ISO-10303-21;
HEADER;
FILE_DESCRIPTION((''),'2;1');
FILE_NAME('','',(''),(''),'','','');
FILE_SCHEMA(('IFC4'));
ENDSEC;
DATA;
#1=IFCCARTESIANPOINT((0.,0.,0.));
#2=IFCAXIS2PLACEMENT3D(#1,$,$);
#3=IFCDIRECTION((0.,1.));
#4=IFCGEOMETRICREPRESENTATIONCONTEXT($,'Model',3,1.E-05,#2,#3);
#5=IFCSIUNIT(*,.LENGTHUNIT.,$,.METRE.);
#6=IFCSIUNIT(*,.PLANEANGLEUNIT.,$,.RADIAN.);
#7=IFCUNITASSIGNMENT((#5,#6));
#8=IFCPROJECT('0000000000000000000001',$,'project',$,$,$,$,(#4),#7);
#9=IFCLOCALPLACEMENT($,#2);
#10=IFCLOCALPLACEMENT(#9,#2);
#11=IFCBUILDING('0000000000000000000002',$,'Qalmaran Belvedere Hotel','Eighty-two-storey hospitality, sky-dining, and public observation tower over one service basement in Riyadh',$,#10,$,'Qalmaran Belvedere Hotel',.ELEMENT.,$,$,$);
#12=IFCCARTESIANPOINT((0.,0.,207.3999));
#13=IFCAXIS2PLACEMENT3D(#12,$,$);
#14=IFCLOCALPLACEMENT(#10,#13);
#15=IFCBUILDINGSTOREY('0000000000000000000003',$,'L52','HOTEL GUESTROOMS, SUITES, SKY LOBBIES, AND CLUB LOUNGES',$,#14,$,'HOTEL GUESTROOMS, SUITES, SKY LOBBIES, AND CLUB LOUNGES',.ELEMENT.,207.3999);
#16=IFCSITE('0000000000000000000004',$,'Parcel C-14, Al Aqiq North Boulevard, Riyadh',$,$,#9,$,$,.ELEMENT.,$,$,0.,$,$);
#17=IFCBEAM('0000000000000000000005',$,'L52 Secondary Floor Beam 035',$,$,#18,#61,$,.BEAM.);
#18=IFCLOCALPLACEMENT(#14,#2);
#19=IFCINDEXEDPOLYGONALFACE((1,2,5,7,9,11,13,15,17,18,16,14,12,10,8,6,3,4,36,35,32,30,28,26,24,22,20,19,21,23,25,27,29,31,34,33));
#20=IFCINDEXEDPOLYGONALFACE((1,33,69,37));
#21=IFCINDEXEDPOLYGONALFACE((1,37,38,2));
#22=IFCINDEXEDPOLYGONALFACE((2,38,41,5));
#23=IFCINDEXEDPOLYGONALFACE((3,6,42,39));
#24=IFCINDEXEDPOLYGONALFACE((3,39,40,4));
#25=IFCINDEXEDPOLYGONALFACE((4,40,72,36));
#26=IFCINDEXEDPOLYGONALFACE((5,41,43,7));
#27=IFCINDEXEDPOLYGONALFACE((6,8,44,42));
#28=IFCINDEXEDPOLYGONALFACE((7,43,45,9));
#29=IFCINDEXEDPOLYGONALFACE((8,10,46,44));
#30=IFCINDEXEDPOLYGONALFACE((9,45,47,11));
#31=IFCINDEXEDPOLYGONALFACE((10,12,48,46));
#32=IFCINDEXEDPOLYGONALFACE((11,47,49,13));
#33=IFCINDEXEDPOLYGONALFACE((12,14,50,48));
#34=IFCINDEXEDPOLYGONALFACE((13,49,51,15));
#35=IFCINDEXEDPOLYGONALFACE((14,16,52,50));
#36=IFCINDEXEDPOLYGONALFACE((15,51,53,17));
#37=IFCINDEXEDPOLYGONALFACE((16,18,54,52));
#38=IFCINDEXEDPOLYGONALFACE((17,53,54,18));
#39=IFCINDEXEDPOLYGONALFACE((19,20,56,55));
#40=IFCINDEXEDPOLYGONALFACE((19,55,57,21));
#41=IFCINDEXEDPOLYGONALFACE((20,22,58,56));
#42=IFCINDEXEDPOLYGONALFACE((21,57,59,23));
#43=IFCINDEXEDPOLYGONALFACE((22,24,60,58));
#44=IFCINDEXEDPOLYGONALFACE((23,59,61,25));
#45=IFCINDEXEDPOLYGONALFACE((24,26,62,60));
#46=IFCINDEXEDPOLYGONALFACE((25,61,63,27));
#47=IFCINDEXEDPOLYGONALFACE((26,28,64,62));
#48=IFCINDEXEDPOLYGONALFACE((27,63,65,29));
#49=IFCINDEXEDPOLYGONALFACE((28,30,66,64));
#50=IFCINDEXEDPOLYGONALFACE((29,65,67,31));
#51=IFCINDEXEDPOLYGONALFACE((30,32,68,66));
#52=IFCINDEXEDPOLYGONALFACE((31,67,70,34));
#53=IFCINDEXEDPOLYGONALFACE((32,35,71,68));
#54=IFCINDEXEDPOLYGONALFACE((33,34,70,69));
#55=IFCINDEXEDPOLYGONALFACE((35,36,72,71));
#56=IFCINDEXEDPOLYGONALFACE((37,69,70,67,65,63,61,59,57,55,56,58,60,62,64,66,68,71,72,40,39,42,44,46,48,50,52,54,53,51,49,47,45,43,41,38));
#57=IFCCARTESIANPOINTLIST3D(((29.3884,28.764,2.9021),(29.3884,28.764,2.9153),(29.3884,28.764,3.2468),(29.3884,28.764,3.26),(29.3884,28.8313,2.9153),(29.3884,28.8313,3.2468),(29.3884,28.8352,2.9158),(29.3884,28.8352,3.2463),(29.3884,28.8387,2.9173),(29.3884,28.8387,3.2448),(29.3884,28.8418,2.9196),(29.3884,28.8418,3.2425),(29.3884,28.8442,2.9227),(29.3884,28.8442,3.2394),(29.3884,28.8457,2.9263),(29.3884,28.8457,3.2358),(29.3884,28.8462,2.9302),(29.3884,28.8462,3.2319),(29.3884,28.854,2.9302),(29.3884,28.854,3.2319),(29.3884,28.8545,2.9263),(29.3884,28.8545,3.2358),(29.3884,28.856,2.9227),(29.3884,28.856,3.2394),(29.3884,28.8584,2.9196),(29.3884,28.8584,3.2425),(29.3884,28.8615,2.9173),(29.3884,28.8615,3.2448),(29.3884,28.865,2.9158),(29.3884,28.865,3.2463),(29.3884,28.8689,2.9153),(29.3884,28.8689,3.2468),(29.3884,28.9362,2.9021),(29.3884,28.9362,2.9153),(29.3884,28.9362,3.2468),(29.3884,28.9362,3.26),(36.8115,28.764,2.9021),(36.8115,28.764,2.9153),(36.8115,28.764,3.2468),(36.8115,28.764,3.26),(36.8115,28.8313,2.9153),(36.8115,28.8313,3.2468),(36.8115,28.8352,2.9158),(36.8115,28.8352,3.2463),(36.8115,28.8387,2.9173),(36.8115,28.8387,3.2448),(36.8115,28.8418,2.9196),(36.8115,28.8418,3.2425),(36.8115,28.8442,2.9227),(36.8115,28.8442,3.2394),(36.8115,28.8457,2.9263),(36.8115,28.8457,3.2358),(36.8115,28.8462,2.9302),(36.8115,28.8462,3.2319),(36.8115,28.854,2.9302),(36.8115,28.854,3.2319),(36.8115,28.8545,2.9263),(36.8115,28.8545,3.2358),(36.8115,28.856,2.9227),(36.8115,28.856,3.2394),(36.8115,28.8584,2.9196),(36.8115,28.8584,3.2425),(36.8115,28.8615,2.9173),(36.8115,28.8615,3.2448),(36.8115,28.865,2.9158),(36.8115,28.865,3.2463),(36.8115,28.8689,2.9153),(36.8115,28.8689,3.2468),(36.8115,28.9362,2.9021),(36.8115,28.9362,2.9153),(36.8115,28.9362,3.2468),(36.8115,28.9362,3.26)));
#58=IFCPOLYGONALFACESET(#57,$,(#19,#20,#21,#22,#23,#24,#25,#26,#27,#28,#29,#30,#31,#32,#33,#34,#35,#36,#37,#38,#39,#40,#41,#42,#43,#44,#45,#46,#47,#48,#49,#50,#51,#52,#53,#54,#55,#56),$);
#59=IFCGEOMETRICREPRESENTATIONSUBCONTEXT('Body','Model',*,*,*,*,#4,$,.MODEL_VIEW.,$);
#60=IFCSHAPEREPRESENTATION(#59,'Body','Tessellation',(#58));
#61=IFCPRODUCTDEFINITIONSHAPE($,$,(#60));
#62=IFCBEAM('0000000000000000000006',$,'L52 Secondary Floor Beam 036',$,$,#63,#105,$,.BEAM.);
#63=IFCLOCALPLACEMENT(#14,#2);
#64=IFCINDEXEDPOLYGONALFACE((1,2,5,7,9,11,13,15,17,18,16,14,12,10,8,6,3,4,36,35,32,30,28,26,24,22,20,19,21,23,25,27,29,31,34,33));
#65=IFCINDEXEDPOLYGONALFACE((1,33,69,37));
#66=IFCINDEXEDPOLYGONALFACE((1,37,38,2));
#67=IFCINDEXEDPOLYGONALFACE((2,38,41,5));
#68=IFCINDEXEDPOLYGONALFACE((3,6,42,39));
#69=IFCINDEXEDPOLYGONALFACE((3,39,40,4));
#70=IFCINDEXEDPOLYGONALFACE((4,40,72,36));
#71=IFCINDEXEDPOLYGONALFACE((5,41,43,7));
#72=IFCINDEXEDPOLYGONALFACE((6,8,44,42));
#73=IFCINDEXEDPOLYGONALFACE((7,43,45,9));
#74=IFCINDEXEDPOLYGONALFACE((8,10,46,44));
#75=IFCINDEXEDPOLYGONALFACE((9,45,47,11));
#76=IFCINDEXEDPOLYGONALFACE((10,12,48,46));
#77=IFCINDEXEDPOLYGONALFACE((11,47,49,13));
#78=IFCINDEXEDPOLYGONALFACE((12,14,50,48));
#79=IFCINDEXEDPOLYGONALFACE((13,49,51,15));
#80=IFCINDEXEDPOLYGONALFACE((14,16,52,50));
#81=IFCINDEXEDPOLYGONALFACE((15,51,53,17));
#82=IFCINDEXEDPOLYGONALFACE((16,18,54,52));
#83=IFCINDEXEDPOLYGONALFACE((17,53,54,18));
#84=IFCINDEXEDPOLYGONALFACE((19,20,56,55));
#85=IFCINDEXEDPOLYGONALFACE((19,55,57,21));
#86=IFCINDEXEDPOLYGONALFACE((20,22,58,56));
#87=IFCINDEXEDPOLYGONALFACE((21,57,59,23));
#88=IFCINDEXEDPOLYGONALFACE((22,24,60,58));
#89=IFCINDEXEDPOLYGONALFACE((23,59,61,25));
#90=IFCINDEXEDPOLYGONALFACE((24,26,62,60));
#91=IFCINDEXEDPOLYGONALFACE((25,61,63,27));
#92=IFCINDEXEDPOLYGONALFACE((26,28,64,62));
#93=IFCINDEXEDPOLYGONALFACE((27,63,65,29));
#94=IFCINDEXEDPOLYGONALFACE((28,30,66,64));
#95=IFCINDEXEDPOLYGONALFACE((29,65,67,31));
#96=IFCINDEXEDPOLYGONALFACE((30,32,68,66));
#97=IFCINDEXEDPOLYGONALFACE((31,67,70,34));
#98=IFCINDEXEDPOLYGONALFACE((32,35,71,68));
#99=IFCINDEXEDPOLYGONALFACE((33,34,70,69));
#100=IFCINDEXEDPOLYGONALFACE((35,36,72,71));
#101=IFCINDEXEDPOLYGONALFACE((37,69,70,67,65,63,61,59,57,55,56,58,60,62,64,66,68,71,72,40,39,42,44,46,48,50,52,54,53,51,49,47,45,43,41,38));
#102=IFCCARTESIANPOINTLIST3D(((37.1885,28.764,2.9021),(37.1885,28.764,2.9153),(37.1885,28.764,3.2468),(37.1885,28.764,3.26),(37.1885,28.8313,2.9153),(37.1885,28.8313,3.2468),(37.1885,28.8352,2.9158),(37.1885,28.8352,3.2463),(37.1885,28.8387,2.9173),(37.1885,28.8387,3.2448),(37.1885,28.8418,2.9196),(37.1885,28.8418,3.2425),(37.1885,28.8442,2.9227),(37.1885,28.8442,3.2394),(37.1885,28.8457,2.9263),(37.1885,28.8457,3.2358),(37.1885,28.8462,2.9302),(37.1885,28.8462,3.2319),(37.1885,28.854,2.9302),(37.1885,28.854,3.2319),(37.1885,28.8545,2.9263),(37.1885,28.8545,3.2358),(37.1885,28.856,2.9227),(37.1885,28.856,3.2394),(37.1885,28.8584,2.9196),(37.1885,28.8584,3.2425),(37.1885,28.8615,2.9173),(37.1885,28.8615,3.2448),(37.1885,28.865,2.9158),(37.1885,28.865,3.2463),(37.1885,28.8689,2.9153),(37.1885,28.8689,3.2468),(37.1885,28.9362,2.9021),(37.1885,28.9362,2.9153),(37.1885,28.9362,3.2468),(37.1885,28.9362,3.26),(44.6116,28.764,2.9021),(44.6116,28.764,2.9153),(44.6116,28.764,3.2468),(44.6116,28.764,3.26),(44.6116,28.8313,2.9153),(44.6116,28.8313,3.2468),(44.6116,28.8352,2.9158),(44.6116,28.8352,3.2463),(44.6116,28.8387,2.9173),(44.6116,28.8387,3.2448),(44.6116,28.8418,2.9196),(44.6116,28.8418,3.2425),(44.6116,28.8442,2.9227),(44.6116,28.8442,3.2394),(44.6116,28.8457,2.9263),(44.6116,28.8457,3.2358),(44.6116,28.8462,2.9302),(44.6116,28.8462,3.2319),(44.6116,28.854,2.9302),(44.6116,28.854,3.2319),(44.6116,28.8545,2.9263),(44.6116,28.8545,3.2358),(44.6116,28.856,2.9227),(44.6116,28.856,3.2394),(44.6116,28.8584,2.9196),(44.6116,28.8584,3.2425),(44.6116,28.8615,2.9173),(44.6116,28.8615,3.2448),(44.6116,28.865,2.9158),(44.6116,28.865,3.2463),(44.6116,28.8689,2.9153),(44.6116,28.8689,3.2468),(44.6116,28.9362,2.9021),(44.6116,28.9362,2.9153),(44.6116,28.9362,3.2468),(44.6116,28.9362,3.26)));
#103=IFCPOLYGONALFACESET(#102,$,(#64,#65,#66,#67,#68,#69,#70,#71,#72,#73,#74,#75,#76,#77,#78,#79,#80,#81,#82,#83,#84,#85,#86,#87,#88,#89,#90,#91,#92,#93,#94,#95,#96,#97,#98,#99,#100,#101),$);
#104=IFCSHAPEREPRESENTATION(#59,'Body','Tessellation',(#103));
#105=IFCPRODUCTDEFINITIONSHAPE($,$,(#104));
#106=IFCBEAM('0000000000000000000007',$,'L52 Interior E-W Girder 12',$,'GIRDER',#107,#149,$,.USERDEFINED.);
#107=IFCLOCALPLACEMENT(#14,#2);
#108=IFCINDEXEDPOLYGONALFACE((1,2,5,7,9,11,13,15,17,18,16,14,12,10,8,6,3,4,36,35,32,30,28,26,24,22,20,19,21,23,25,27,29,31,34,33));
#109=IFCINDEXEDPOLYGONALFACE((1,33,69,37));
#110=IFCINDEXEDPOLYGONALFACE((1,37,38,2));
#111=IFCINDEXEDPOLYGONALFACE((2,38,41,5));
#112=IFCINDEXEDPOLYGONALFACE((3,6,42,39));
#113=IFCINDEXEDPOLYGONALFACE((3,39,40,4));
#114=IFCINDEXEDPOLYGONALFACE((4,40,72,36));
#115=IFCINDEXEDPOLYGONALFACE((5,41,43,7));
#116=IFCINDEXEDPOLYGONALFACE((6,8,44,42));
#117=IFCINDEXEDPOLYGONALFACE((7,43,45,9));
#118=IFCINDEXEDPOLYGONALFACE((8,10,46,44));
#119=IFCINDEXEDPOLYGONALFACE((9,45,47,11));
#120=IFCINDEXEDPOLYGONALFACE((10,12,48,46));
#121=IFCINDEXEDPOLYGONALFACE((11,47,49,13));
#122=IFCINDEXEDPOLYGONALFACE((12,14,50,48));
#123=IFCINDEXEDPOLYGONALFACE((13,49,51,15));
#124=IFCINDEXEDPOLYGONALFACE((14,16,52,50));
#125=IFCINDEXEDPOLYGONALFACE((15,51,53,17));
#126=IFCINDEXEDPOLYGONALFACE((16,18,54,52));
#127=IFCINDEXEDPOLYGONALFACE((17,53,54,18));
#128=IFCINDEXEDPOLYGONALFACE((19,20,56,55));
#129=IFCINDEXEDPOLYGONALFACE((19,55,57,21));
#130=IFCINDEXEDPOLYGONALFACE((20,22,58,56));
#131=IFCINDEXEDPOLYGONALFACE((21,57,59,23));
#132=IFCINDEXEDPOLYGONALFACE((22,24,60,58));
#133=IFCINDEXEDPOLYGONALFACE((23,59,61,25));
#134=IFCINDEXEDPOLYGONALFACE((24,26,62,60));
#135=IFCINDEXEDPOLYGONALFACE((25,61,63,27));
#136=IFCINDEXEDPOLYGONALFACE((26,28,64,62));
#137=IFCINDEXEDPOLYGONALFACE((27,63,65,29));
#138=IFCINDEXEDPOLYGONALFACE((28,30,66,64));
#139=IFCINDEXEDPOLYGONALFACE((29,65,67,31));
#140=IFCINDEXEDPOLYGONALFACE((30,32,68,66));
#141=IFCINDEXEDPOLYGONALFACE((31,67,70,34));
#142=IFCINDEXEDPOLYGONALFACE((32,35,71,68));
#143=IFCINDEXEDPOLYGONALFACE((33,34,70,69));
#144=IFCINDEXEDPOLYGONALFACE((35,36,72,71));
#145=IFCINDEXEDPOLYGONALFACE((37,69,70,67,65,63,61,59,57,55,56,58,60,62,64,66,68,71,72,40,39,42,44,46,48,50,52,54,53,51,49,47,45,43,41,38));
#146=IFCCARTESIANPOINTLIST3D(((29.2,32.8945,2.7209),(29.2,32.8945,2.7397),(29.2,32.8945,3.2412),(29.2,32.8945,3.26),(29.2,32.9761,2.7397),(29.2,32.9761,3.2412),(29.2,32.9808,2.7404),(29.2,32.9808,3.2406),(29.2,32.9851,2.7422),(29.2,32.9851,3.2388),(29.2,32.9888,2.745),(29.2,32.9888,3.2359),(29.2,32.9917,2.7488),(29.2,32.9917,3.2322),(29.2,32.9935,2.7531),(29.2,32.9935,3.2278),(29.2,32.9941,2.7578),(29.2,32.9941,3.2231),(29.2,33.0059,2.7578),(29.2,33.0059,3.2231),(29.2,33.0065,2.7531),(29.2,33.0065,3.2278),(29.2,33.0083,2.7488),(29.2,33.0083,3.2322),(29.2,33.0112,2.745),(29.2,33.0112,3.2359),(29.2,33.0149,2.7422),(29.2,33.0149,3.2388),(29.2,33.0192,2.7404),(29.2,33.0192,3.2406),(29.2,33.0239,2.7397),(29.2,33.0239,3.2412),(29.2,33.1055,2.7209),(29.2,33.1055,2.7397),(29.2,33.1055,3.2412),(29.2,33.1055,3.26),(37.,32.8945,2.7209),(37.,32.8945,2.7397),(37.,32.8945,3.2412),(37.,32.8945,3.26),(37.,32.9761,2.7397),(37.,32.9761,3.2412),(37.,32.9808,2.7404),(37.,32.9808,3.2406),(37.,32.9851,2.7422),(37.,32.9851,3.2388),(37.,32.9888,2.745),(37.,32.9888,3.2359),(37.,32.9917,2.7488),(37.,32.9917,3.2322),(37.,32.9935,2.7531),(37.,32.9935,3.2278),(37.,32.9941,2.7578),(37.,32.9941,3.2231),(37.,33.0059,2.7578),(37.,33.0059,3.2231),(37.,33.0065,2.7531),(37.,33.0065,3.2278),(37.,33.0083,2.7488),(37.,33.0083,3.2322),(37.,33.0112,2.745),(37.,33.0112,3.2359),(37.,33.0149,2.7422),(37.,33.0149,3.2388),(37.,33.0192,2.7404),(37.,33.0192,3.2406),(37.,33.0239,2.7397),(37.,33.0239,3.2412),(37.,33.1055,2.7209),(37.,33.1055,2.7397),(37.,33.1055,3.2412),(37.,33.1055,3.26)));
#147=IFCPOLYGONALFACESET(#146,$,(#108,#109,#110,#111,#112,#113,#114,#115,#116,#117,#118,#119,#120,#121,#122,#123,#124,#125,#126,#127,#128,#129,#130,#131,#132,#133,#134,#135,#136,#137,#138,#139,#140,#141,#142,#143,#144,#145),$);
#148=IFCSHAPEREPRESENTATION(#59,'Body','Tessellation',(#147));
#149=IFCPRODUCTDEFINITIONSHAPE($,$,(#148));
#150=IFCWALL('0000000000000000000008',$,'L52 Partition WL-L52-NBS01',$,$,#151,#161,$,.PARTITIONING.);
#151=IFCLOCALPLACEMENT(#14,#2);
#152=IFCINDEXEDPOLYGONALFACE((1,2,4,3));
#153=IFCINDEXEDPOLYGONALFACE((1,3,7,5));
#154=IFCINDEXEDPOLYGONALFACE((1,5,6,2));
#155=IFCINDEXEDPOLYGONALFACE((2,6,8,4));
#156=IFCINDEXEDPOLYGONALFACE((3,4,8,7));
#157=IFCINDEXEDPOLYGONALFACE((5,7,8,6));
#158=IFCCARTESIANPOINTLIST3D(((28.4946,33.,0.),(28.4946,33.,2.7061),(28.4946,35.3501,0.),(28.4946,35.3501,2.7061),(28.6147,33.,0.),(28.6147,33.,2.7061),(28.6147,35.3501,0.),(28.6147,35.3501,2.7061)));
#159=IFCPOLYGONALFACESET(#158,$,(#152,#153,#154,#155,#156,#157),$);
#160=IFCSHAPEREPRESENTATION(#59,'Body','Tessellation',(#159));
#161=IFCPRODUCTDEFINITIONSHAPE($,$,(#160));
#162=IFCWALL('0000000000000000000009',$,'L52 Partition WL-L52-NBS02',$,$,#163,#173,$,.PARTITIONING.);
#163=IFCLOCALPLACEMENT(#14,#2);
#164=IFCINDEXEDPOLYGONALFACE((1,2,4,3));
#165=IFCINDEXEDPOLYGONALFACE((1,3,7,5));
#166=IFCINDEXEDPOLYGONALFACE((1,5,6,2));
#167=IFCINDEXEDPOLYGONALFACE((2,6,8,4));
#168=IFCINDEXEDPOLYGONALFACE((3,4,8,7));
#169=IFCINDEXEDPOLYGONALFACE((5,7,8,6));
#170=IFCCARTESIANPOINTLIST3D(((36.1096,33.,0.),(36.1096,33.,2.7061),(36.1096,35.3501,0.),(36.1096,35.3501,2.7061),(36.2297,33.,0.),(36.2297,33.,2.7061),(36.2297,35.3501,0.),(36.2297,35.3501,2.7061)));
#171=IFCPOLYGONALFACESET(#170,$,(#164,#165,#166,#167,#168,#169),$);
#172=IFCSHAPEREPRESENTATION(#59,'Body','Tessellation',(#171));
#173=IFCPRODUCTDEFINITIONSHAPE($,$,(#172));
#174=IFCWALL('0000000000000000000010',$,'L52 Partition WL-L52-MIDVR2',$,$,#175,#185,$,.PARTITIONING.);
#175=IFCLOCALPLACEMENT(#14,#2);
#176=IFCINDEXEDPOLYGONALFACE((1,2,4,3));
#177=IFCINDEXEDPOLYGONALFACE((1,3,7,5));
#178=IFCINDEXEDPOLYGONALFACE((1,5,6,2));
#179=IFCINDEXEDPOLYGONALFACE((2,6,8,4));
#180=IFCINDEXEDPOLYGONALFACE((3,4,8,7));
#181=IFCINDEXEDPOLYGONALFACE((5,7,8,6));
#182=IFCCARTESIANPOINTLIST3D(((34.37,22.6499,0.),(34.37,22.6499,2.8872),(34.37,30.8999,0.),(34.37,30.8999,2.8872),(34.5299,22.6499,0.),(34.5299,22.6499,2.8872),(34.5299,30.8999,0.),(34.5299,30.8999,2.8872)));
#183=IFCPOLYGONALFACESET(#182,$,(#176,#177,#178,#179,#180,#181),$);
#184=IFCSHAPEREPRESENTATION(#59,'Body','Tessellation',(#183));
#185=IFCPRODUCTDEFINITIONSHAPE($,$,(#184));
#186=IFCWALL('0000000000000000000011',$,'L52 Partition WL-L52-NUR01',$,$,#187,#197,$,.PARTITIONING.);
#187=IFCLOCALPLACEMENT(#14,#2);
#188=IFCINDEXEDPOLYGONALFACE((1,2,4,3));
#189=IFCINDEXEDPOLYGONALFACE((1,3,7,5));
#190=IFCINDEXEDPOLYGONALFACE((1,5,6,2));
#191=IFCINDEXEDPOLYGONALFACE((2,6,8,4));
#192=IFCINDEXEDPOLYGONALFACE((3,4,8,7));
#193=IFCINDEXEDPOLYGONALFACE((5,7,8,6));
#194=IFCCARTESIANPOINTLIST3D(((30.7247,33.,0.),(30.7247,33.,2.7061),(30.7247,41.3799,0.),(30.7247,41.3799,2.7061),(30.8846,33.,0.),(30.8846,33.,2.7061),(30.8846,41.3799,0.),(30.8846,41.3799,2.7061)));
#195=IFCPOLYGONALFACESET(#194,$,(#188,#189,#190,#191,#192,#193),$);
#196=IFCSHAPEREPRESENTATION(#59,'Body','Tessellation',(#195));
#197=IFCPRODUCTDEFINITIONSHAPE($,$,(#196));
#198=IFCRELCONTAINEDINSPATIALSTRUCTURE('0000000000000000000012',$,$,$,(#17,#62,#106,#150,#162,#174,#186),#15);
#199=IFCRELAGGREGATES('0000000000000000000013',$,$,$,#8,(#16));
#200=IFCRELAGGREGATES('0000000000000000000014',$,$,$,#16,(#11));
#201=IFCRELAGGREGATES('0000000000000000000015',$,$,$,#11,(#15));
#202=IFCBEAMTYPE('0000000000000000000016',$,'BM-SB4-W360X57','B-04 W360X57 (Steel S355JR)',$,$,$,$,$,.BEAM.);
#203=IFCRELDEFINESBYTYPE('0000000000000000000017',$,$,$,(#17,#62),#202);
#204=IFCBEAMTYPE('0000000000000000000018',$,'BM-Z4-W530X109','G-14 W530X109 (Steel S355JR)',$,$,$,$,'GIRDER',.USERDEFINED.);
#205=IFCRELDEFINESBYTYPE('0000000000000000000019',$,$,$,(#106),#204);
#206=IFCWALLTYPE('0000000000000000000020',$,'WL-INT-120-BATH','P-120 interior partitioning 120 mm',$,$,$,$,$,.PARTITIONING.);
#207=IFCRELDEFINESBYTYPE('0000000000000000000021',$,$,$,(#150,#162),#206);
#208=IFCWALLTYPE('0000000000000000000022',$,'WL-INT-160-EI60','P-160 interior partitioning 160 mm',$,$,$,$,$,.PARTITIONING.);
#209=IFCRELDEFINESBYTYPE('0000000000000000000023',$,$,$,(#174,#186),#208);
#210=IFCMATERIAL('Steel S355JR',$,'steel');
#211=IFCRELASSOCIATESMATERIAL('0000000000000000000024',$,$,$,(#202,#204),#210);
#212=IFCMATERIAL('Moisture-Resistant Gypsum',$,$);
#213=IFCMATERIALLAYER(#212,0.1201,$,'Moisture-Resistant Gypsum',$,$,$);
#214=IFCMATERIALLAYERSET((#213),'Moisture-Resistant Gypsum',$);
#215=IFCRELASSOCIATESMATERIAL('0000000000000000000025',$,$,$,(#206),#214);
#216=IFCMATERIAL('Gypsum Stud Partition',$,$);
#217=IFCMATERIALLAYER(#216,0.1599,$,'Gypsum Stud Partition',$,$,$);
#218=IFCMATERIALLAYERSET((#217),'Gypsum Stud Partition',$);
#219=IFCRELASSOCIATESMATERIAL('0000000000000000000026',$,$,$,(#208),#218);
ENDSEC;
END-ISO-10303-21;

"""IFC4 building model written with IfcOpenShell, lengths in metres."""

from ifc_helpers import new_model, si_unit, direction, frame, frame_2d, origin, origin_2d, place, context, subcontext, project, spatial, rectangle, i_section, extrude, material, layer, layer_set, material_profile, profile_set, type_object, element, save


model = new_model("IFC4")

# Units and contexts
model_context = context("Model", 3, precision=1e-05, world=origin(), true_north=direction((0.0, 1.0)))
body_context = subcontext(model_context, "Body", "Model", "MODEL_VIEW")
ifc_project = project(units=[si_unit("LENGTHUNIT", "METRE"), si_unit("PLANEANGLEUNIT", "RADIAN")], contexts=[model_context])

# Site, building, storey
site_placement = place(None, origin())
site = spatial("IfcSite", under=ifc_project, at=site_placement, Name="Parcel C-14, Al Aqiq North Boulevard, Riyadh", CompositionType="ELEMENT", RefElevation=0.0)
building_placement = place(site_placement, origin())
building = spatial("IfcBuilding", under=site, at=building_placement, Name="Qalmaran Belvedere Hotel", Description="Eighty-two-storey hospitality, sky-dining, and public observation tower over one service basement in Riyadh", LongName="Qalmaran Belvedere Hotel", CompositionType="ELEMENT")
storey_placement = place(building_placement, frame((0.0, 0.0, 207.3999)))
storey = spatial("IfcBuildingStorey", under=building, at=storey_placement, Name="L52", Description="HOTEL GUESTROOMS, SUITES, SKY LOBBIES, AND CLUB LOUNGES", LongName="HOTEL GUESTROOMS, SUITES, SKY LOBBIES, AND CLUB LOUNGES", CompositionType="ELEMENT", Elevation=207.3999)

# Beams
ifc_material_1 = material(Name="Steel S355JR", Category="steel")
ifc_material_profile_1 = material_profile(ifc_material_1, i_section(OverallWidth=0.1721, OverallDepth=0.3579, WebThickness=0.0078, FlangeThickness=0.0132, FilletRadius=0.0149, at=origin_2d()), Name="W360X57")
ifc_profile_set_1 = profile_set([ifc_material_profile_1], Name="Steel S355JR")
beam_type_1 = type_object("IfcBeamType", Name="BM-SB4-W360X57", Description="B-04 W360X57 (Steel S355JR)", PredefinedType="BEAM", material=ifc_profile_set_1)
for number, where, z_axis, x_axis, name in (
    (1, (29.3884, 28.8501, 3.0811), (1.0, 0.0, 0.0), (0.0, 1.0, 0.0), "L52 Secondary Floor Beam 035"),
    (2, (37.1885, 28.8501, 3.0811), (1.0, 0.0, 0.0), (0.0, 1.0, 0.0), "L52 Secondary Floor Beam 036"),
):
    element("IfcBeam", number, at=place(storey_placement, frame(where, z_axis=z_axis, x_axis=x_axis)), inside=storey, type_object=beam_type_1, Name=name, PredefinedType="BEAM", context=body_context, shape_type="SweptSolid", body=[
        extrude(i_section(OverallWidth=0.1721, OverallDepth=0.3579, WebThickness=0.0078, FlangeThickness=0.0132, FilletRadius=0.0149, at=origin_2d()), origin(), (0.0, 0.0, 1.0), 7.4231),
    ])
ifc_material_profile_2 = material_profile(ifc_material_1, i_section(OverallWidth=0.2109, OverallDepth=0.5391, WebThickness=0.0117, FlangeThickness=0.0188, FilletRadius=0.0181, at=origin_2d()), Name="W530X109")
ifc_profile_set_2 = profile_set([ifc_material_profile_2], Name="Steel S355JR")
beam_type_2 = type_object("IfcBeamType", Name="BM-Z4-W530X109", Description="G-14 W530X109 (Steel S355JR)", ElementType="GIRDER", PredefinedType="USERDEFINED", material=ifc_profile_set_2)
beam_1_placement = place(storey_placement, frame((29.2, 33.0, 2.9905), z_axis=(1.0, 0.0, 0.0), x_axis=(0.0, 1.0, 0.0)))
element("IfcBeam", 3, at=beam_1_placement, inside=storey, type_object=beam_type_2, Name="L52 Interior E-W Girder 12", ObjectType="GIRDER", PredefinedType="USERDEFINED", context=body_context, shape_type="SweptSolid", body=[
    extrude(i_section(OverallWidth=0.2109, OverallDepth=0.5391, WebThickness=0.0117, FlangeThickness=0.0188, FilletRadius=0.0181, at=origin_2d()), origin(), (0.0, 0.0, 1.0), 7.8),
])

# Walls
ifc_material_2 = material(Name="Moisture-Resistant Gypsum")
ifc_layer_1 = layer(ifc_material_2, 0.1201, Name="Moisture-Resistant Gypsum")
ifc_layer_set_1 = layer_set([ifc_layer_1], Name="Moisture-Resistant Gypsum")
wall_type_1 = type_object("IfcWallType", Name="WL-INT-120-BATH", Description="P-120 interior partitioning 120 mm", PredefinedType="PARTITIONING", material=ifc_layer_set_1)
for number, where, z_axis, x_axis, name in (
    (4, (28.5547, 33.0, 0.0), (0.0, 0.0, 1.0), (0.0, 1.0, 0.0), "L52 Partition WL-L52-NBS01"),
    (5, (36.1697, 33.0, 0.0), (0.0, 0.0, 1.0), (0.0, 1.0, 0.0), "L52 Partition WL-L52-NBS02"),
):
    element("IfcWall", number, at=place(storey_placement, frame(where, z_axis=z_axis, x_axis=x_axis)), inside=storey, type_object=wall_type_1, Name=name, PredefinedType="PARTITIONING", context=body_context, shape_type="SweptSolid", body=[
        extrude(rectangle(XDim=2.3501, YDim=0.1201, at=frame_2d((1.175, 0.0))), origin(), (0.0, 0.0, 1.0), 2.7061),
    ])
ifc_material_3 = material(Name="Gypsum Stud Partition")
ifc_layer_2 = layer(ifc_material_3, 0.1599, Name="Gypsum Stud Partition")
ifc_layer_set_2 = layer_set([ifc_layer_2], Name="Gypsum Stud Partition")
wall_type_2 = type_object("IfcWallType", Name="WL-INT-160-EI60", Description="P-160 interior partitioning 160 mm", PredefinedType="PARTITIONING", material=ifc_layer_set_2)
wall_1_placement = place(storey_placement, frame((34.45, 22.6499, 0.0), z_axis=(0.0, 0.0, 1.0), x_axis=(0.0, 1.0, 0.0)))
element("IfcWall", 6, at=wall_1_placement, inside=storey, type_object=wall_type_2, Name="L52 Partition WL-L52-MIDVR2", PredefinedType="PARTITIONING", context=body_context, shape_type="SweptSolid", body=[
    extrude(rectangle(XDim=8.25, YDim=0.1599, at=frame_2d((4.125, 0.0))), origin(), (0.0, 0.0, 1.0), 2.8872),
])
wall_2_placement = place(storey_placement, frame((30.8047, 33.0, 0.0), z_axis=(0.0, 0.0, 1.0), x_axis=(0.0, 1.0, 0.0)))
element("IfcWall", 7, at=wall_2_placement, inside=storey, type_object=wall_type_2, Name="L52 Partition WL-L52-NUR01", PredefinedType="PARTITIONING", context=body_context, shape_type="SweptSolid", body=[
    extrude(rectangle(XDim=8.3799, YDim=0.1599, at=frame_2d((4.1899, 0.0))), origin(), (0.0, 0.0, 1.0), 2.7061),
])

save(model, "model.ifc")
